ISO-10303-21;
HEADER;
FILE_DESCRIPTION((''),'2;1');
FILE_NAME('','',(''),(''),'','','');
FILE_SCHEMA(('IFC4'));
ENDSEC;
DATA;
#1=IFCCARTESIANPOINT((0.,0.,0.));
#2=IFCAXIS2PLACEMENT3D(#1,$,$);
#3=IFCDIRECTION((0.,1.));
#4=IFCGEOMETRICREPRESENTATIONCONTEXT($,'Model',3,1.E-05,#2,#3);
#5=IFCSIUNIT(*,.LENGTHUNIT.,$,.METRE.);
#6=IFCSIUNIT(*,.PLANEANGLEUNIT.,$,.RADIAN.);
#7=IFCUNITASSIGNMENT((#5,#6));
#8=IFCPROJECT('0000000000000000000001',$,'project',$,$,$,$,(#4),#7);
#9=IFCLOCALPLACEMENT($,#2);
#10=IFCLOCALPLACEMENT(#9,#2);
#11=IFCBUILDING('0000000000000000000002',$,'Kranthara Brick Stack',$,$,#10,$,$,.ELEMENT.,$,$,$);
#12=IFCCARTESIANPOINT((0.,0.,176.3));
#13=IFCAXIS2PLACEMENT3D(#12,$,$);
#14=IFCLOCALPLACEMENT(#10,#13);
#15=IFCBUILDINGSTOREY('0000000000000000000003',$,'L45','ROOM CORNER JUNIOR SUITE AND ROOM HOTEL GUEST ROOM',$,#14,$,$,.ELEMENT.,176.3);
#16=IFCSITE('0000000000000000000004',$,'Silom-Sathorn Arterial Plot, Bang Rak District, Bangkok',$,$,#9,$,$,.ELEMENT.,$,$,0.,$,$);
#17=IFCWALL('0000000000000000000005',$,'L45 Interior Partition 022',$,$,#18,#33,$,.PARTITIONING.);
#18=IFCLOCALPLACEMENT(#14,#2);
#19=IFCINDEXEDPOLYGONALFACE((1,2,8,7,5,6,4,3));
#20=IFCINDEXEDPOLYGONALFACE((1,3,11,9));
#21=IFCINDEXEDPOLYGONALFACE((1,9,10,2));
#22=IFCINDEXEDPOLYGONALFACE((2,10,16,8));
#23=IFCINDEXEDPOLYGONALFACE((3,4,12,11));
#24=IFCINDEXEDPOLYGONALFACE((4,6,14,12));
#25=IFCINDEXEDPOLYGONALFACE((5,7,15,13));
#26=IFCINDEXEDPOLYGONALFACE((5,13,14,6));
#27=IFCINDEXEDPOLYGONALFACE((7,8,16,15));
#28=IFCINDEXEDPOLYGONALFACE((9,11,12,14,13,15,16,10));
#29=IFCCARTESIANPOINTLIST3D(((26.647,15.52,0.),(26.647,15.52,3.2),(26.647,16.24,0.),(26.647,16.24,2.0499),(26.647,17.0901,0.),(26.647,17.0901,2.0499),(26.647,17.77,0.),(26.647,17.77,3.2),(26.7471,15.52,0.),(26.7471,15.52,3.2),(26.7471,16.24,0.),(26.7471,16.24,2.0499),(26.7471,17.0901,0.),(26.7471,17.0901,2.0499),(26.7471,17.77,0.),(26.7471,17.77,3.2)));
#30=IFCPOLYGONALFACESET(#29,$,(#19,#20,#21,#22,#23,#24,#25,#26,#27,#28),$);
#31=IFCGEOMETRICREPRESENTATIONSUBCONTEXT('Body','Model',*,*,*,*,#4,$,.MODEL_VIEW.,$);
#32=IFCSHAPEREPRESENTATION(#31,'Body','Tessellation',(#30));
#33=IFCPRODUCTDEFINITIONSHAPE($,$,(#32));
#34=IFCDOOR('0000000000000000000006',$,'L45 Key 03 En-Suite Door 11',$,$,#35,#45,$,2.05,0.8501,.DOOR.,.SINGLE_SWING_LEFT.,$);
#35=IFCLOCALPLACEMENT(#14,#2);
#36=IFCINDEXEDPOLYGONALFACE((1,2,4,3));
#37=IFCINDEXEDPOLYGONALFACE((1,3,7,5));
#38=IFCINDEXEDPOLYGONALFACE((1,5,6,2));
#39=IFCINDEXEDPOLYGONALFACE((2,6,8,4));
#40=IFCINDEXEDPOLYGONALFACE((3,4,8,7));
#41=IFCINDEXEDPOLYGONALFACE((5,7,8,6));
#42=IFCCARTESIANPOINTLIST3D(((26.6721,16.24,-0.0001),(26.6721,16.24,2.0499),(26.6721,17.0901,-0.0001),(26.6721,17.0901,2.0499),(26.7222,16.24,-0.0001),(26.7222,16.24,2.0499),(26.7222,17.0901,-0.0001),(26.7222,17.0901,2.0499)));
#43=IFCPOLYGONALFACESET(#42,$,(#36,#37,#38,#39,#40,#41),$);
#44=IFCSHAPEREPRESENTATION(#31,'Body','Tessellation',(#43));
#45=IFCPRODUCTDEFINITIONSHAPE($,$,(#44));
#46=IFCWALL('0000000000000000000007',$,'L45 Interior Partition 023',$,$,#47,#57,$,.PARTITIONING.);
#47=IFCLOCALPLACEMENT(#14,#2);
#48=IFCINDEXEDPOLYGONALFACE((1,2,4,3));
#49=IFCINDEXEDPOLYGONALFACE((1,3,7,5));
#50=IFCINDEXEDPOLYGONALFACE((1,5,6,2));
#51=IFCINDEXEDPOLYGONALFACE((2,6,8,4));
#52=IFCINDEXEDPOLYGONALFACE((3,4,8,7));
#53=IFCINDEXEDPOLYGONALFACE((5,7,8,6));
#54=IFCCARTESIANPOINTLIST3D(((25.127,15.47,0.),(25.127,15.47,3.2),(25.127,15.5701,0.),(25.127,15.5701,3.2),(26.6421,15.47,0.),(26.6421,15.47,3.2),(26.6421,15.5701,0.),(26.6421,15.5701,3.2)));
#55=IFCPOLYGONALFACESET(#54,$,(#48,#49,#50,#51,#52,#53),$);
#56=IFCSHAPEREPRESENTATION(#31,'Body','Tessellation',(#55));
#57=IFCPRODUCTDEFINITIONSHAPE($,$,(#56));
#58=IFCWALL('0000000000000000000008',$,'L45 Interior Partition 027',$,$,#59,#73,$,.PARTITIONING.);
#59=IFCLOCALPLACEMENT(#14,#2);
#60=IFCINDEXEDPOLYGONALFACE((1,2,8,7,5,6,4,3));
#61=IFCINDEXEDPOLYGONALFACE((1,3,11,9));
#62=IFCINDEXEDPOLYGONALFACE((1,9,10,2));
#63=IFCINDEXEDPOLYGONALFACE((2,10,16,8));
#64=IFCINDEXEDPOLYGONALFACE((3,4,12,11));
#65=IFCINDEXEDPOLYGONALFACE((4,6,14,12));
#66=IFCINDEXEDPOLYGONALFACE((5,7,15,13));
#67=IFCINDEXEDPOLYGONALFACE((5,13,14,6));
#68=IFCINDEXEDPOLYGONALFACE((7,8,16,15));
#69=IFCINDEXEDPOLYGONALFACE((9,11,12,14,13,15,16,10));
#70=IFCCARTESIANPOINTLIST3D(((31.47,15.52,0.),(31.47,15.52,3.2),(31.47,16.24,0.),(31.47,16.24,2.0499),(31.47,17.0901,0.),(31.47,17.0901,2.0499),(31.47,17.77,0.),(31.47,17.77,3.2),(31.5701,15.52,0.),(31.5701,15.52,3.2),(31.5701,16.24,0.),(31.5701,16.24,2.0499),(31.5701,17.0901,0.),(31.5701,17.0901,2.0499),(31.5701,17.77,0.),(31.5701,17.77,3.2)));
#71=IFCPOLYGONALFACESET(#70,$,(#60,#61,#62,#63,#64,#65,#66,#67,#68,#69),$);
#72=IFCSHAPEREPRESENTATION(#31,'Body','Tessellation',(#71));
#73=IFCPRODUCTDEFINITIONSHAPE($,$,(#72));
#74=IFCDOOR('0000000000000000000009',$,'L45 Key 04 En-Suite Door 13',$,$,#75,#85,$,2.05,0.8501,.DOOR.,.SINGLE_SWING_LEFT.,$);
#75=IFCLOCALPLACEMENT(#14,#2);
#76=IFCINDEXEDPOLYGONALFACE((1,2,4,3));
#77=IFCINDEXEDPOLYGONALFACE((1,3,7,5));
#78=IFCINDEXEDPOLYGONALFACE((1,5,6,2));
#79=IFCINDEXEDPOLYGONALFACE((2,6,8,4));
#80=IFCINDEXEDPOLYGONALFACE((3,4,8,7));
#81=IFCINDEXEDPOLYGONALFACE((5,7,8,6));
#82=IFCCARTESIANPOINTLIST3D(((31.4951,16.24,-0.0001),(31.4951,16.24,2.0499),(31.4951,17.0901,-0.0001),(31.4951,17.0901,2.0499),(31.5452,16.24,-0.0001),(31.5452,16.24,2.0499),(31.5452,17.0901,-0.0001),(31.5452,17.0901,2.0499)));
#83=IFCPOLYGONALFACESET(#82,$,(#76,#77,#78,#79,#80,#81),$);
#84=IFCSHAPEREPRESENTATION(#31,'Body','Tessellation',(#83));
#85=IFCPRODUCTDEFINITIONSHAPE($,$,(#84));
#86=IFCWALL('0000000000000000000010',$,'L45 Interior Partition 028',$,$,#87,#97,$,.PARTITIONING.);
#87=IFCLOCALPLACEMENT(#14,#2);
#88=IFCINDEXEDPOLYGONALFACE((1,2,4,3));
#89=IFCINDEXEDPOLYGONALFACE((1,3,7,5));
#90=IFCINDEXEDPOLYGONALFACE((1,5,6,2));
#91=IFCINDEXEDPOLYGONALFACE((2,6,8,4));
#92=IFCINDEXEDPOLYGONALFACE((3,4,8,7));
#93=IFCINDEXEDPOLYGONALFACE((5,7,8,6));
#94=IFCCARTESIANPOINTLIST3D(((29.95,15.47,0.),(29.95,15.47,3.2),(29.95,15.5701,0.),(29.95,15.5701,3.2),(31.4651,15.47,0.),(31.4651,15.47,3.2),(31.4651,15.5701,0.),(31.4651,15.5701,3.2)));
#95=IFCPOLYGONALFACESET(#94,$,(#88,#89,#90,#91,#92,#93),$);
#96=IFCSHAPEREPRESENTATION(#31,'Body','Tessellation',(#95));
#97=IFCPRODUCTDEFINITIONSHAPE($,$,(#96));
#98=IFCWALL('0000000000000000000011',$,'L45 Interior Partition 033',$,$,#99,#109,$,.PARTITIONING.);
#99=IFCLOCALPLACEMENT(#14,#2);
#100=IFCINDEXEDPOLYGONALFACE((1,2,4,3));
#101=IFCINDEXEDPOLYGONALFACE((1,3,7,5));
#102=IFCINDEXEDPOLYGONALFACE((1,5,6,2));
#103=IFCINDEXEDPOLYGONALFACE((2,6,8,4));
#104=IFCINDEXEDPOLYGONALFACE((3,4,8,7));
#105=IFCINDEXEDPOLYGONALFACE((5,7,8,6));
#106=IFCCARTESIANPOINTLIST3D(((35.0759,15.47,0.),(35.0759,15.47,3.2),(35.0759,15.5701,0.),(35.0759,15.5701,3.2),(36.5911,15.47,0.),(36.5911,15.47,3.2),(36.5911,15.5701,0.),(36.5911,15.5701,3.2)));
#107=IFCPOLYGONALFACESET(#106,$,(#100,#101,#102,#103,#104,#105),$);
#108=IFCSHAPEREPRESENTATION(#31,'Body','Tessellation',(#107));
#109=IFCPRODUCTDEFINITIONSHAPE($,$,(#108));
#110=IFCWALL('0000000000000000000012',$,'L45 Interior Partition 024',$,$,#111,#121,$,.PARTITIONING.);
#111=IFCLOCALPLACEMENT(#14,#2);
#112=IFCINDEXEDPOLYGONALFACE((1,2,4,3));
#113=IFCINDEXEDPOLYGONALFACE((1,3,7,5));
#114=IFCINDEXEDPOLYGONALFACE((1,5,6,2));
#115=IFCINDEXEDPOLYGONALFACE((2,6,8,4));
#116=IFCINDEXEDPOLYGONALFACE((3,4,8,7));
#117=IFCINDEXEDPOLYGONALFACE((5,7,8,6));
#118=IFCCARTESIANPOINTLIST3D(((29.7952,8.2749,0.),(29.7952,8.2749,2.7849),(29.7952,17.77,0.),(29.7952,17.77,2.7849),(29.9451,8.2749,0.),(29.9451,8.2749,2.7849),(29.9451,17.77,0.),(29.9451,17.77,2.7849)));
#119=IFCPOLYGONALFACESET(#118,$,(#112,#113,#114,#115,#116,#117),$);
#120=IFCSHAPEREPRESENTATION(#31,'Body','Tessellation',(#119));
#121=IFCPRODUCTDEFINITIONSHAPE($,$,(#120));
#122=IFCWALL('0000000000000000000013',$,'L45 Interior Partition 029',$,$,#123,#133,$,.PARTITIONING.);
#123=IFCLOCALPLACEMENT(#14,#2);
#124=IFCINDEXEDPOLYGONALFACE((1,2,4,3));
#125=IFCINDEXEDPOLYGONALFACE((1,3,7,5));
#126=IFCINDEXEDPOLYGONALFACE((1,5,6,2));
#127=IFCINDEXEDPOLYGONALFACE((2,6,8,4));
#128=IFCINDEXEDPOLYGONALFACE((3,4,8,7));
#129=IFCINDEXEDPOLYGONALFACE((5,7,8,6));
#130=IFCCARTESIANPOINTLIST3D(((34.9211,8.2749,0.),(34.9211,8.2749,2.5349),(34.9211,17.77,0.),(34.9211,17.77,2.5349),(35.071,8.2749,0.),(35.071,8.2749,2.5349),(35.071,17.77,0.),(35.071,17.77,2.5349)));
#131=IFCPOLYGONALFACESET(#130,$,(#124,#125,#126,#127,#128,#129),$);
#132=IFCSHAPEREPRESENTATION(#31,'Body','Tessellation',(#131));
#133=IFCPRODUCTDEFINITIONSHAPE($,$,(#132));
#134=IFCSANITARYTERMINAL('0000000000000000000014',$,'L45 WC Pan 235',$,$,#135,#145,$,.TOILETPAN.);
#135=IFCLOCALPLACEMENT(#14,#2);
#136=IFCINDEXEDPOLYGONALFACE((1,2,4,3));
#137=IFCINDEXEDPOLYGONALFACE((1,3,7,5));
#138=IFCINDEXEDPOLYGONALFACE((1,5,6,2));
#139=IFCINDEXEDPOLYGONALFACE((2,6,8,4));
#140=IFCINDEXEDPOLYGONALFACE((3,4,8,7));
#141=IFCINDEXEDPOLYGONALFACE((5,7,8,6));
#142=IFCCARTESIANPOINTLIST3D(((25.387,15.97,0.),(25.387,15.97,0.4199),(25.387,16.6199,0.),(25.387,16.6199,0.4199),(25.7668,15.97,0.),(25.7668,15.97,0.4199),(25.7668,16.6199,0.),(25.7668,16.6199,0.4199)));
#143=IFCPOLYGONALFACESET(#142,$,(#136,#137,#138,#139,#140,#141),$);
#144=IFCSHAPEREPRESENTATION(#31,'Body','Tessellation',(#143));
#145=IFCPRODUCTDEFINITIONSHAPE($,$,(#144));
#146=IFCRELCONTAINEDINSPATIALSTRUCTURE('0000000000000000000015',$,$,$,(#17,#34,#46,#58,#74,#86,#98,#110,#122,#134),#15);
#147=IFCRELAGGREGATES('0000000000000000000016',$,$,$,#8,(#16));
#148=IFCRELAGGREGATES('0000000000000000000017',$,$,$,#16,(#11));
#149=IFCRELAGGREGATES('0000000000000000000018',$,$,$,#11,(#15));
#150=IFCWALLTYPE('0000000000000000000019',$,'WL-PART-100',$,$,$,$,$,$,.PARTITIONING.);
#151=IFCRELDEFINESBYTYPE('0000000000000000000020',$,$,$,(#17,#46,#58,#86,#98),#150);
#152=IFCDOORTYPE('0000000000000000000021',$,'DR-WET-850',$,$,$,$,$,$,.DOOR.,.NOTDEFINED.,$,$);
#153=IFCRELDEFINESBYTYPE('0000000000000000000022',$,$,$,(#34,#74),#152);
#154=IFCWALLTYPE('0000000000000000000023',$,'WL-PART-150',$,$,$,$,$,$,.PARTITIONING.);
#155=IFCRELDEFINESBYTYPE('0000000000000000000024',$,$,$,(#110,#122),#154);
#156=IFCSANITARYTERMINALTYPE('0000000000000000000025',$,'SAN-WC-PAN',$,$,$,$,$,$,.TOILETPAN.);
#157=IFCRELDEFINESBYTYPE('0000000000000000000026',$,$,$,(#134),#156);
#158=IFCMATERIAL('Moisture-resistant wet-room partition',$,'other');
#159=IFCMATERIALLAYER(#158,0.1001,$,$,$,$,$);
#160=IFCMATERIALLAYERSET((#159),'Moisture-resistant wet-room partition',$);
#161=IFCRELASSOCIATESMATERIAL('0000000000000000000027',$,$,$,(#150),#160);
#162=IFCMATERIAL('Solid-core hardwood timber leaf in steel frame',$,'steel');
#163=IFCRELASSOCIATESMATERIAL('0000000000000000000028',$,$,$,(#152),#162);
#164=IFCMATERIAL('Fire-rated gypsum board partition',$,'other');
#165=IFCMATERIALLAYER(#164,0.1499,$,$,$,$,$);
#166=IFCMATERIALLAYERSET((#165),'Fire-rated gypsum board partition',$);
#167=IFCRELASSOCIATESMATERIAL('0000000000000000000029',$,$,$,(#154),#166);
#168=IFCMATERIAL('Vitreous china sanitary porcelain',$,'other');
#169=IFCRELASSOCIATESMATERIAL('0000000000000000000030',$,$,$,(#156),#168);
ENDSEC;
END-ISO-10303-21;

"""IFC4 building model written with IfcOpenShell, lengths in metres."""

from ifc_helpers import new_model, si_unit, direction, frame, frame_2d, origin, origin_2d, place, context, subcontext, project, spatial, rectangle, extrude, material, layer, layer_set, type_object, element, fill, save


model = new_model("IFC4")

# Units and contexts
model_context = context("Model", 3, precision=1e-05, world=origin(), true_north=direction((0.0, 1.0)))
body_context = subcontext(model_context, "Body", "Model", "MODEL_VIEW")
ifc_project = project(units=[si_unit("LENGTHUNIT", "METRE"), si_unit("PLANEANGLEUNIT", "RADIAN")], contexts=[model_context])

# Site, building, storey
site_placement = place(None, origin())
site = spatial("IfcSite", under=ifc_project, at=site_placement, Name="Silom-Sathorn Arterial Plot, Bang Rak District, Bangkok", CompositionType="ELEMENT", RefElevation=0.0)
building_placement = place(site_placement, origin())
building = spatial("IfcBuilding", under=site, at=building_placement, Name="Kranthara Brick Stack", CompositionType="ELEMENT")
storey_placement = place(building_placement, frame((0.0, 0.0, 176.3)))
storey = spatial("IfcBuildingStorey", under=building, at=storey_placement, Name="L45", Description="ROOM CORNER JUNIOR SUITE AND ROOM HOTEL GUEST ROOM", CompositionType="ELEMENT", Elevation=176.3)

# Wall, opening, door
ifc_material_1 = material(Name="Moisture-resistant wet-room partition", Category="other")
ifc_layer_1 = layer(ifc_material_1, 0.1001)
ifc_layer_set_1 = layer_set([ifc_layer_1], Name="Moisture-resistant wet-room partition")
wall_type_1 = type_object("IfcWallType", Name="WL-PART-100", PredefinedType="PARTITIONING", material=ifc_layer_set_1)
wall_1_placement = place(storey_placement, frame((26.697, 15.52, 0.0), z_axis=(0.0, 0.0, 1.0), x_axis=(0.0, 1.0, 0.0)))
wall_1 = element("IfcWall", 1, at=wall_1_placement, inside=storey, type_object=wall_type_1, Name="L45 Interior Partition 022", PredefinedType="PARTITIONING", context=body_context, shape_type="SweptSolid", body=[
    extrude(rectangle(XDim=2.25, YDim=0.1001, at=frame_2d((1.125, 0.0))), origin(), (0.0, 0.0, 1.0), 3.2),
])
opening_1_placement = place(wall_1_placement, frame((0.72, 0.0, 0.0)))
opening_1 = element("IfcOpeningElement", 2, at=opening_1_placement, cuts=wall_1, PredefinedType="OPENING", context=body_context, shape_type="SweptSolid", body=[
    extrude(rectangle(XDim=0.8501, YDim=2.05, at=frame_2d((0.425, 1.0249))), frame((0.0, 0.0601, 0.0), z_axis=(0.0, -1.0, 0.0), x_axis=(1.0, 0.0, 0.0)), (0.0, 0.0, 1.0), 0.1201),
])
ifc_material_2 = material(Name="Solid-core hardwood timber leaf in steel frame", Category="steel")
door_type = type_object("IfcDoorType", Name="DR-WET-850", OperationType="NOTDEFINED", PredefinedType="DOOR", material=ifc_material_2)
door_1_placement = place(opening_1_placement, origin())
door_1 = element("IfcDoor", 3, at=door_1_placement, inside=storey, type_object=door_type, Name="L45 Key 03 En-Suite Door 11", OperationType="SINGLE_SWING_LEFT", OverallHeight=2.05, OverallWidth=0.8501, PredefinedType="DOOR", context=body_context, shape_type="SweptSolid", body=[
    extrude(rectangle(XDim=0.8501, YDim=2.05, at=frame_2d((0.425, 1.0249))), frame((0.0, 0.0249, 0.0), z_axis=(0.0, -1.0, 0.0), x_axis=(1.0, 0.0, 0.0)), (0.0, 0.0, 1.0), 0.05),
])
fill(opening_1, door_1)

# Wall
wall_2_placement = place(storey_placement, frame((25.127, 15.52, 0.0), z_axis=(0.0, 0.0, 1.0), x_axis=(1.0, 0.0, 0.0)))
element("IfcWall", 4, at=wall_2_placement, inside=storey, type_object=wall_type_1, Name="L45 Interior Partition 023", PredefinedType="PARTITIONING", context=body_context, shape_type="SweptSolid", body=[
    extrude(rectangle(XDim=1.5151, YDim=0.1001, at=frame_2d((0.7576, 0.0))), origin(), (0.0, 0.0, 1.0), 3.2),
])

# Wall, opening, door
wall_3_placement = place(storey_placement, frame((31.52, 15.52, 0.0), z_axis=(0.0, 0.0, 1.0), x_axis=(0.0, 1.0, 0.0)))
wall_3 = element("IfcWall", 5, at=wall_3_placement, inside=storey, type_object=wall_type_1, Name="L45 Interior Partition 027", PredefinedType="PARTITIONING", context=body_context, shape_type="SweptSolid", body=[
    extrude(rectangle(XDim=2.25, YDim=0.1001, at=frame_2d((1.125, 0.0))), origin(), (0.0, 0.0, 1.0), 3.2),
])
opening_2_placement = place(wall_3_placement, frame((0.72, 0.0, 0.0)))
opening_2 = element("IfcOpeningElement", 6, at=opening_2_placement, cuts=wall_3, PredefinedType="OPENING", context=body_context, shape_type="SweptSolid", body=[
    extrude(rectangle(XDim=0.8501, YDim=2.05, at=frame_2d((0.425, 1.0249))), frame((0.0, 0.0601, 0.0), z_axis=(0.0, -1.0, 0.0), x_axis=(1.0, 0.0, 0.0)), (0.0, 0.0, 1.0), 0.1201),
])
door_2_placement = place(opening_2_placement, origin())
door_2 = element("IfcDoor", 7, at=door_2_placement, inside=storey, type_object=door_type, Name="L45 Key 04 En-Suite Door 13", OperationType="SINGLE_SWING_LEFT", OverallHeight=2.05, OverallWidth=0.8501, PredefinedType="DOOR", context=body_context, shape_type="SweptSolid", body=[
    extrude(rectangle(XDim=0.8501, YDim=2.05, at=frame_2d((0.425, 1.0249))), frame((0.0, 0.0249, 0.0), z_axis=(0.0, -1.0, 0.0), x_axis=(1.0, 0.0, 0.0)), (0.0, 0.0, 1.0), 0.05),
])
fill(opening_2, door_2)

# Walls
for number, where, z_axis, x_axis, name in (
    (8, (29.95, 15.52, 0.0), (0.0, 0.0, 1.0), (1.0, 0.0, 0.0), "L45 Interior Partition 028"),
    (9, (35.0759, 15.52, 0.0), (0.0, 0.0, 1.0), (1.0, 0.0, 0.0), "L45 Interior Partition 033"),
):
    element("IfcWall", number, at=place(storey_placement, frame(where, z_axis=z_axis, x_axis=x_axis)), inside=storey, type_object=wall_type_1, Name=name, PredefinedType="PARTITIONING", context=body_context, shape_type="SweptSolid", body=[
        extrude(rectangle(XDim=1.5151, YDim=0.1001, at=frame_2d((0.7576, 0.0))), origin(), (0.0, 0.0, 1.0), 3.2),
    ])
ifc_material_3 = material(Name="Fire-rated gypsum board partition", Category="other")
ifc_layer_2 = layer(ifc_material_3, 0.1499)
ifc_layer_set_2 = layer_set([ifc_layer_2], Name="Fire-rated gypsum board partition")
wall_type_2 = type_object("IfcWallType", Name="WL-PART-150", PredefinedType="PARTITIONING", material=ifc_layer_set_2)
wall_4_placement = place(storey_placement, frame((29.8701, 8.2749, 0.0), z_axis=(0.0, 0.0, 1.0), x_axis=(0.0, 1.0, 0.0)))
element("IfcWall", 10, at=wall_4_placement, inside=storey, type_object=wall_type_2, Name="L45 Interior Partition 024", PredefinedType="PARTITIONING", context=body_context, shape_type="SweptSolid", body=[
    extrude(rectangle(XDim=9.4951, YDim=0.1499, at=frame_2d((4.7476, 0.0))), origin(), (0.0, 0.0, 1.0), 2.7849),
])
wall_5_placement = place(storey_placement, frame((34.9961, 8.2749, 0.0), z_axis=(0.0, 0.0, 1.0), x_axis=(0.0, 1.0, 0.0)))
element("IfcWall", 11, at=wall_5_placement, inside=storey, type_object=wall_type_2, Name="L45 Interior Partition 029", PredefinedType="PARTITIONING", context=body_context, shape_type="SweptSolid", body=[
    extrude(rectangle(XDim=9.4951, YDim=0.1499, at=frame_2d((4.7476, 0.0))), origin(), (0.0, 0.0, 1.0), 2.5349),
])

# Sanitary terminal
ifc_material_4 = material(Name="Vitreous china sanitary porcelain", Category="other")
sanitary_terminal_type = type_object("IfcSanitaryTerminalType", Name="SAN-WC-PAN", PredefinedType="TOILETPAN", material=ifc_material_4)
sanitary_terminal_placement = place(storey_placement, frame((25.5769, 16.2949, 0.0), z_axis=(0.0, 0.0, 1.0), x_axis=(1.0, 0.0, 0.0)))
element("IfcSanitaryTerminal", 12, at=sanitary_terminal_placement, inside=storey, type_object=sanitary_terminal_type, Name="L45 WC Pan 235", PredefinedType="TOILETPAN", context=body_context, shape_type="SweptSolid", body=[
    extrude(rectangle(XDim=0.3799, YDim=0.6499, at=origin_2d()), origin(), (0.0, 0.0, 1.0), 0.4199),
])

save(model, "model.ifc")
